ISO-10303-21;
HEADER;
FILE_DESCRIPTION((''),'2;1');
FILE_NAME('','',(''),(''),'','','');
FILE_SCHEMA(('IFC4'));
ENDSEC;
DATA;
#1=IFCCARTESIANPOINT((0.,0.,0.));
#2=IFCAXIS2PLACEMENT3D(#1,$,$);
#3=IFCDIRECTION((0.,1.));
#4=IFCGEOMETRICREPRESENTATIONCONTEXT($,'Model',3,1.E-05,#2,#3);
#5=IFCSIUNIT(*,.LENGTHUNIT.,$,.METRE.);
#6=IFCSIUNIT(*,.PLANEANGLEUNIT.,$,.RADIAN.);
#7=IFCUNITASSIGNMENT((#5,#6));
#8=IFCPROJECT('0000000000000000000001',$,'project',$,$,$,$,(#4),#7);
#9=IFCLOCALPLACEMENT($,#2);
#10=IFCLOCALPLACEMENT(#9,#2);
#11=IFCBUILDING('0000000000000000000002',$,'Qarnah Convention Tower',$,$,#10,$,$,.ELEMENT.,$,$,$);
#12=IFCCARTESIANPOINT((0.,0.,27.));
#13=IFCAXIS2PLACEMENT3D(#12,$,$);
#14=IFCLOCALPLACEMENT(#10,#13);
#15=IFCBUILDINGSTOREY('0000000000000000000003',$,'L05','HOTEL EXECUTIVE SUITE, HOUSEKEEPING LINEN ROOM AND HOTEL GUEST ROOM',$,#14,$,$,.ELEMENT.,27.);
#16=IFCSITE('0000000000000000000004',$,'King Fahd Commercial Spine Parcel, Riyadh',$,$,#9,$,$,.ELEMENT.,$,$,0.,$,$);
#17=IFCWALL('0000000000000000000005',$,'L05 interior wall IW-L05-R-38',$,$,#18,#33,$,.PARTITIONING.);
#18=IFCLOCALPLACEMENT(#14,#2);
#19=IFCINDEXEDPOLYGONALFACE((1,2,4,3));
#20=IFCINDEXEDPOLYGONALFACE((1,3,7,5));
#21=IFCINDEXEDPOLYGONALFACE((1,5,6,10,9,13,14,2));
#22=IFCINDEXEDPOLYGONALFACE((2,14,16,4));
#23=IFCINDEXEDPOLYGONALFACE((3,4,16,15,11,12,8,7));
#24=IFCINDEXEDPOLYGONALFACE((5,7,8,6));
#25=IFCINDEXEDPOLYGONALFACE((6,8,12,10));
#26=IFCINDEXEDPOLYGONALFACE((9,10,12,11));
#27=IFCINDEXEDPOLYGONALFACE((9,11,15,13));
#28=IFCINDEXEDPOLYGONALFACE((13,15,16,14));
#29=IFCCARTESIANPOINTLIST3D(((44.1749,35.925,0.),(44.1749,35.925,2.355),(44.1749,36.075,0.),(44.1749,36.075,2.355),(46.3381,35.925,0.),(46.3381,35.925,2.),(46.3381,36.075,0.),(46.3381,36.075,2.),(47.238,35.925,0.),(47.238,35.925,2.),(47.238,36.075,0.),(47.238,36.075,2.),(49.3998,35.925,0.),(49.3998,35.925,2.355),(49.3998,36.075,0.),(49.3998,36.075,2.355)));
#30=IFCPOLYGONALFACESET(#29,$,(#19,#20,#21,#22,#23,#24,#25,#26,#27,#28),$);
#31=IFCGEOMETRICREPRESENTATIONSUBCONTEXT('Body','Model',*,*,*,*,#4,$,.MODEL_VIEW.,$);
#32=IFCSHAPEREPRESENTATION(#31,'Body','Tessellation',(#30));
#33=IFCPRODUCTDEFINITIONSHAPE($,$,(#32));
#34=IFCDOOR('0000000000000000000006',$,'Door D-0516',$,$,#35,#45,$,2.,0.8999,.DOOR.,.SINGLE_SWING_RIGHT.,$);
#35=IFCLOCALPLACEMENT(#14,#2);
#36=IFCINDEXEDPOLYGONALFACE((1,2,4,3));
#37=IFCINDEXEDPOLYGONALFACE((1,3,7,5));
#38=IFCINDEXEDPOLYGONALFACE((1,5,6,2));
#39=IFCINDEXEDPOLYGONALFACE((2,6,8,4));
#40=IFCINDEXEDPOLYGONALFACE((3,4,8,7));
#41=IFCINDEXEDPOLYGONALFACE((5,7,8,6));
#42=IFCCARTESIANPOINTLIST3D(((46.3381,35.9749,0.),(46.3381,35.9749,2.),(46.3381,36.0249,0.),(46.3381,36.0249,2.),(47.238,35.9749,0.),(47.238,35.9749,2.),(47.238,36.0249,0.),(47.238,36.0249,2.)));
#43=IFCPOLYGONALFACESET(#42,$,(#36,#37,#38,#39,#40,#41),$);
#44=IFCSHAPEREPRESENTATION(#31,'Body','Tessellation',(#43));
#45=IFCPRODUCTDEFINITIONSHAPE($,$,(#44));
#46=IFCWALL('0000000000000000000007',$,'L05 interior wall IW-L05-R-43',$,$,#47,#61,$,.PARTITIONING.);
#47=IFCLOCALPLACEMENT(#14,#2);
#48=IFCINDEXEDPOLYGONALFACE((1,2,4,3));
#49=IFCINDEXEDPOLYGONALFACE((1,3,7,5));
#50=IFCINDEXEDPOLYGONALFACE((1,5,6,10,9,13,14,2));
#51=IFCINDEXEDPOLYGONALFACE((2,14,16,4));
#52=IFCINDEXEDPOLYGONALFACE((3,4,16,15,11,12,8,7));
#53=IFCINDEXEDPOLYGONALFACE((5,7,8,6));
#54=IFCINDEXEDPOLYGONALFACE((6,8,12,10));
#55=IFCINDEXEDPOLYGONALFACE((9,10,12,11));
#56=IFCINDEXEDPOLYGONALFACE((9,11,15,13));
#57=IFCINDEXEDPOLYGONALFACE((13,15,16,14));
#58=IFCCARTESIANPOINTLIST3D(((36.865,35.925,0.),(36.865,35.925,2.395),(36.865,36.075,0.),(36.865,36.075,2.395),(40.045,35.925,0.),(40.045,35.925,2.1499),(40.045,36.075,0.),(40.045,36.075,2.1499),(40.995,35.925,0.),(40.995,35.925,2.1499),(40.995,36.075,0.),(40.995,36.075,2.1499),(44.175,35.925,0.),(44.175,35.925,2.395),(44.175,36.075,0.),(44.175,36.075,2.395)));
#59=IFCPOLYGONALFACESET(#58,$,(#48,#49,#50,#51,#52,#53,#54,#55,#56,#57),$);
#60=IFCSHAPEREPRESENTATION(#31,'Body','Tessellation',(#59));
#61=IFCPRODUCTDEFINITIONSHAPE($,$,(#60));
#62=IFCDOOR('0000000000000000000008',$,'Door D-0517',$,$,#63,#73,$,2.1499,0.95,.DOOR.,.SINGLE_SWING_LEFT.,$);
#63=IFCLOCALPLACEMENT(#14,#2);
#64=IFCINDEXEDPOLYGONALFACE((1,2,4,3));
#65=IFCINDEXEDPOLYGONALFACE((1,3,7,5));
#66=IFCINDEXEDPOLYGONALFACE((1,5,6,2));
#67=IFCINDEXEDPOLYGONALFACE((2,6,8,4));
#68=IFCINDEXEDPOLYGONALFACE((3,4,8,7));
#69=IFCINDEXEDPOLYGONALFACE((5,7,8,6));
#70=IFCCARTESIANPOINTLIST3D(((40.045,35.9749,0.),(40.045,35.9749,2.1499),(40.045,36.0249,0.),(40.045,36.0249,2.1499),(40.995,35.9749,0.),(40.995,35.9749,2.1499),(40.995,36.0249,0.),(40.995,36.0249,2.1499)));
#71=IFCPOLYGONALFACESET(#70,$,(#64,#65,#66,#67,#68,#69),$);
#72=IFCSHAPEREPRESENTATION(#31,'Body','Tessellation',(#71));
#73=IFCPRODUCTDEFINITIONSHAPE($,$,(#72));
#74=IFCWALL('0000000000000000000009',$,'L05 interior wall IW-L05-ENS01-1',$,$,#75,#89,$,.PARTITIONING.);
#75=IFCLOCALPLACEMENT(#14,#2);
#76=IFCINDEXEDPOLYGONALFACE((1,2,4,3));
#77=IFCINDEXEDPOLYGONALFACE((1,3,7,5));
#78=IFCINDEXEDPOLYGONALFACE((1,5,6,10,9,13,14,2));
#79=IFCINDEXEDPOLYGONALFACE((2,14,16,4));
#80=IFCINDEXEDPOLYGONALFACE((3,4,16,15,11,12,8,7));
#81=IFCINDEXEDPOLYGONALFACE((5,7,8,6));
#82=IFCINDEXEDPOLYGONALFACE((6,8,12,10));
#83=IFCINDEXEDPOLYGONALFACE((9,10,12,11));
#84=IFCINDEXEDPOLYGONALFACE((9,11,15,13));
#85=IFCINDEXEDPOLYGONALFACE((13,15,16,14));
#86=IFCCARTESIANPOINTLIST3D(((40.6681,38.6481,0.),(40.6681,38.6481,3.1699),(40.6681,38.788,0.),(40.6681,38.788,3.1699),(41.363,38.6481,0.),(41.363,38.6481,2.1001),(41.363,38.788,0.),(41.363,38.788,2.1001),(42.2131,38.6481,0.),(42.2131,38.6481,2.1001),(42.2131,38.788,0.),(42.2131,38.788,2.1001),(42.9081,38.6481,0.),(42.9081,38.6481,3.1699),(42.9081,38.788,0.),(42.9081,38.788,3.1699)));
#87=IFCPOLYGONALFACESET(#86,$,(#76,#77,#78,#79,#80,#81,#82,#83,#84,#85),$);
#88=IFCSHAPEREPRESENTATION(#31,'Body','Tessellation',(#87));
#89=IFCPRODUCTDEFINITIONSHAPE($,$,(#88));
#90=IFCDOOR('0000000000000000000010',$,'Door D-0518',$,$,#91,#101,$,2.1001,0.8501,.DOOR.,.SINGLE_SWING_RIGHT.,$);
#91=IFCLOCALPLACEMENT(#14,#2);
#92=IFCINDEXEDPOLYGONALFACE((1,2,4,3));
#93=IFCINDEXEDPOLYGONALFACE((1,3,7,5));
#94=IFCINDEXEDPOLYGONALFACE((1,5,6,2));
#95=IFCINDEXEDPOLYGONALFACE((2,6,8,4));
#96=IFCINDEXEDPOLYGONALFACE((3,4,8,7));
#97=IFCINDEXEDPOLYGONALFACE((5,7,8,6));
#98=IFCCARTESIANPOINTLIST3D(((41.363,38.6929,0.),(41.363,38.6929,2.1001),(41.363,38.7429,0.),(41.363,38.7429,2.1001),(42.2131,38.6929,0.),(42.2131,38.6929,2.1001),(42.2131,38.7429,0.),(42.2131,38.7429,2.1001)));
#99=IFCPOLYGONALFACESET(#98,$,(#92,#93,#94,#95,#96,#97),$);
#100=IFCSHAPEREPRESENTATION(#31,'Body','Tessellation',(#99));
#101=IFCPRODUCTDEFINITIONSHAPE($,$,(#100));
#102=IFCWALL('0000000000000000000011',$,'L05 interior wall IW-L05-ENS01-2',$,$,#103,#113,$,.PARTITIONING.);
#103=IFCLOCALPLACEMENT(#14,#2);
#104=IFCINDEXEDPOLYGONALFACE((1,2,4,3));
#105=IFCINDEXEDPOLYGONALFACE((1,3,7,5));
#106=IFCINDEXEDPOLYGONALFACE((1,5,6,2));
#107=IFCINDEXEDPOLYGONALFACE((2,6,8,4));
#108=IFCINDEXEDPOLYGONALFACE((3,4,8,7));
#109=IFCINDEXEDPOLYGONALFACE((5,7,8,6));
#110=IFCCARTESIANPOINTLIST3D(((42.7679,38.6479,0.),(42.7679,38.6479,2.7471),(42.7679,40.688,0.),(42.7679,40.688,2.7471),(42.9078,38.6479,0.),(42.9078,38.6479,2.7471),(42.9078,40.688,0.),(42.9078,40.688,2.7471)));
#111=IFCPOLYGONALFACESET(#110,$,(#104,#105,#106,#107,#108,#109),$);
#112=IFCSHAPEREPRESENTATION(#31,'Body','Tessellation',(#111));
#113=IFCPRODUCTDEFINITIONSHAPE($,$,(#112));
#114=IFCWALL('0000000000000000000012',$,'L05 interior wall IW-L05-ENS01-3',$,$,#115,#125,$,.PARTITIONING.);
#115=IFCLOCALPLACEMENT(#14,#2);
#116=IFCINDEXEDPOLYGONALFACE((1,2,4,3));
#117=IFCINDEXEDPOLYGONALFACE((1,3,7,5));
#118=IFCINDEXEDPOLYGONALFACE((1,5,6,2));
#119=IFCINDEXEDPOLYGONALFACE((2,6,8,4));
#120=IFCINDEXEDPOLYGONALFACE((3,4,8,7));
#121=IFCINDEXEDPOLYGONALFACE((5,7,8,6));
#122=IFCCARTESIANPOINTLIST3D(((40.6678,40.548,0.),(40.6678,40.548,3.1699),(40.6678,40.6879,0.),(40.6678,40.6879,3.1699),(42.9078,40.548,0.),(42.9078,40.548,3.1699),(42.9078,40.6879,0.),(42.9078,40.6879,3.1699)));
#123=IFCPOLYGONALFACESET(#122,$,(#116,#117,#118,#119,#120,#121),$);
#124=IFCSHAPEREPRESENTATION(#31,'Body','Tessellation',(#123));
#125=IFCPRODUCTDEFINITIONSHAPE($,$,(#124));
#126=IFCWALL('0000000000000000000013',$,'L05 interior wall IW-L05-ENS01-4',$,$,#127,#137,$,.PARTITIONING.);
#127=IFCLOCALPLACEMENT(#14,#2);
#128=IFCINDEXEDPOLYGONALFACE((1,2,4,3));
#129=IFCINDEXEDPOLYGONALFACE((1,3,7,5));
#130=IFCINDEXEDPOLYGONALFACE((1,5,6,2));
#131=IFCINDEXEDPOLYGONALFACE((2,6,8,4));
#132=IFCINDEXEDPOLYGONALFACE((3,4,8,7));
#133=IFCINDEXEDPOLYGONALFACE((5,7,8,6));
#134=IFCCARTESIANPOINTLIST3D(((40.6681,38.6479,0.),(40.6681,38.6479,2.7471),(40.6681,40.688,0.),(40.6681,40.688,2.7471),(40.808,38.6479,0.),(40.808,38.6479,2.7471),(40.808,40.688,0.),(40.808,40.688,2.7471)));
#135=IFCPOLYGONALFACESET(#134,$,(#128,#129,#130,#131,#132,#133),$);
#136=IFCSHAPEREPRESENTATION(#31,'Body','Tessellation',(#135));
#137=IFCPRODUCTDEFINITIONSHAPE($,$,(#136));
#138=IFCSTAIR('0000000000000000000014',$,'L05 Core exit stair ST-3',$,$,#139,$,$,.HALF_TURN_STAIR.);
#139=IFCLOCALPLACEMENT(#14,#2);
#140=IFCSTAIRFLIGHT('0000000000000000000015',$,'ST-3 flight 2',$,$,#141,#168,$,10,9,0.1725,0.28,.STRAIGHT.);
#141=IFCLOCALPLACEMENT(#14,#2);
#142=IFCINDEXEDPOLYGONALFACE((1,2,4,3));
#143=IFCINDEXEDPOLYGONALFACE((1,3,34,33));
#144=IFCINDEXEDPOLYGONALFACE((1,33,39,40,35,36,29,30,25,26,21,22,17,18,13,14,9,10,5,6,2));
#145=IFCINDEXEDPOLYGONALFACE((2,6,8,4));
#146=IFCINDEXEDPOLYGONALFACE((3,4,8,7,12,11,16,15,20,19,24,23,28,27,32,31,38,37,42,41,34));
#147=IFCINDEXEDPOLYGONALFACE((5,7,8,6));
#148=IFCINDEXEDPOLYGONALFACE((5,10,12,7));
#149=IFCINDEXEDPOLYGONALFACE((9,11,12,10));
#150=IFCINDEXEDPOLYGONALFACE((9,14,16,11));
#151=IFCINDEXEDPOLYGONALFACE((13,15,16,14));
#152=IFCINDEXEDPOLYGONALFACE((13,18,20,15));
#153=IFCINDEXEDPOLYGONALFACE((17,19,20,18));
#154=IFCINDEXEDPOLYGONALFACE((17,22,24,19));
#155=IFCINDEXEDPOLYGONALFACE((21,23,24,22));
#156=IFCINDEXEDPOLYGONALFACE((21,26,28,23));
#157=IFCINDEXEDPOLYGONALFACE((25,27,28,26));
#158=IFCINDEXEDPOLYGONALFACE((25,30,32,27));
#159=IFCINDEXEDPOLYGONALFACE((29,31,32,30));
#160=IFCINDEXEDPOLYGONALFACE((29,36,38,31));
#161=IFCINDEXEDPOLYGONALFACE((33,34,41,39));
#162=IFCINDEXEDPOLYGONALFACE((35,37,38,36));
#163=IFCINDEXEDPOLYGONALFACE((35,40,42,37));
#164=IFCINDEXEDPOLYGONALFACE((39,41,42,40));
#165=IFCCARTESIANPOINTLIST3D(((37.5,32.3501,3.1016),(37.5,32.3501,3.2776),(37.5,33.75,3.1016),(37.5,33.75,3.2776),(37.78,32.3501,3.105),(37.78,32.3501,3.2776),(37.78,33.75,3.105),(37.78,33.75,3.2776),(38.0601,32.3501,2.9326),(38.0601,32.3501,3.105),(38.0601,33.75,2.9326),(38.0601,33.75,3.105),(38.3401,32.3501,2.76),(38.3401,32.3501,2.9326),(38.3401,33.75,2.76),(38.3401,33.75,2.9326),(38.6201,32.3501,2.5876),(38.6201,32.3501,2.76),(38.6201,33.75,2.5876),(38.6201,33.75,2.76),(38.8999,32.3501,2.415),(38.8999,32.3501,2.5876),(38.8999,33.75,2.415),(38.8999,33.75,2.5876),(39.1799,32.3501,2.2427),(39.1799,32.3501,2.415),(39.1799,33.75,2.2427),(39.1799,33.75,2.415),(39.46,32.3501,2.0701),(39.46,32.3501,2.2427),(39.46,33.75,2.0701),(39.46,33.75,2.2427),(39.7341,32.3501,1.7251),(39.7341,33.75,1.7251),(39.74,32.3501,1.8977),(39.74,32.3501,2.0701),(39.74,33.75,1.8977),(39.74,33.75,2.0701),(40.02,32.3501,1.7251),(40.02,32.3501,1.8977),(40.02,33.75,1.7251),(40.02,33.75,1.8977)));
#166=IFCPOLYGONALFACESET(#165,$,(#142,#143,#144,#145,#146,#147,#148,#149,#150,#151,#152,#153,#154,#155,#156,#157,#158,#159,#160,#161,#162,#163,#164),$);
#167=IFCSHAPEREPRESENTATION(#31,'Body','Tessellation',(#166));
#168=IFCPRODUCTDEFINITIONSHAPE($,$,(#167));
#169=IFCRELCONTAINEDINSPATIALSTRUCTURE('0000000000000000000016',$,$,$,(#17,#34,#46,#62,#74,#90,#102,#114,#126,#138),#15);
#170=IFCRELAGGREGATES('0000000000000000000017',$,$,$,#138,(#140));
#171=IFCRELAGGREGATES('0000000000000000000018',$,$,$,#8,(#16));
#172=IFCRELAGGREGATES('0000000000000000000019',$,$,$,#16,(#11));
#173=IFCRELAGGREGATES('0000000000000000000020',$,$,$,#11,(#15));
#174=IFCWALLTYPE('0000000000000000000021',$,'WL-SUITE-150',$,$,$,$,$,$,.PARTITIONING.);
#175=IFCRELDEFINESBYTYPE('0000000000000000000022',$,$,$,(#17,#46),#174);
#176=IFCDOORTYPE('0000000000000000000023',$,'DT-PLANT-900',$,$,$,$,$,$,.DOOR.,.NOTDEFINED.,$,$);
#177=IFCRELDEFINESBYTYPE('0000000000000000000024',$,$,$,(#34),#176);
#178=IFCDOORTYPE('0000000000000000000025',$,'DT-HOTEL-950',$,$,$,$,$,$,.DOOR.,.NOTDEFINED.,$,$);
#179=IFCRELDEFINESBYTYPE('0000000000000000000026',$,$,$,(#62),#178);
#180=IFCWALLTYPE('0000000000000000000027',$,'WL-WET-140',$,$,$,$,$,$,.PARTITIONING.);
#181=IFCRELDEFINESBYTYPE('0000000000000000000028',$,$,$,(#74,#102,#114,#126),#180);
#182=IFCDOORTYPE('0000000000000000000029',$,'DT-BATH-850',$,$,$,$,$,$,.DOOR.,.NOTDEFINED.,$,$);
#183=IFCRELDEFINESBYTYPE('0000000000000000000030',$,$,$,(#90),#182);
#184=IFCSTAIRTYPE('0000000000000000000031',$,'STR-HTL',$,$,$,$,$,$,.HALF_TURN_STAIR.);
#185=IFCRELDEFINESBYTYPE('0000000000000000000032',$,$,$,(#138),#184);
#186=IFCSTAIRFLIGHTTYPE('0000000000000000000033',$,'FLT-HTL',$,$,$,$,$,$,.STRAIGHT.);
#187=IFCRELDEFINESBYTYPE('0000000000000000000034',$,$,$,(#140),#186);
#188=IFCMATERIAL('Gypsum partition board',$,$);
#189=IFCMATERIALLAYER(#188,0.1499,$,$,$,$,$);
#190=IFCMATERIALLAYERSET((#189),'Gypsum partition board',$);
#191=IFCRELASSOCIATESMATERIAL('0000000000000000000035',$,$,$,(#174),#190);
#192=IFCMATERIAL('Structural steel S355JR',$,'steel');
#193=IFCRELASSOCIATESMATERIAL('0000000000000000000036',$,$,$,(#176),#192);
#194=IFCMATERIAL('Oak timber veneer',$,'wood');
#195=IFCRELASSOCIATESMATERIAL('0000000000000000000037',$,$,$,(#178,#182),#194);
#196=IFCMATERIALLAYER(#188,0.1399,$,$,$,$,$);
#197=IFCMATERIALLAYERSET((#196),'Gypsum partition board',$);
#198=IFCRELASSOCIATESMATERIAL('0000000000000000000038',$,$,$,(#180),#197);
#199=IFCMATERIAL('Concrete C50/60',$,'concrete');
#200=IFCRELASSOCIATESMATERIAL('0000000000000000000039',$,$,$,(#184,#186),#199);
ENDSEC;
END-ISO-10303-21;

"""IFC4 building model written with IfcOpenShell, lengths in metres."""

from ifc_helpers import new_model, si_unit, direction, frame, frame_2d, origin, place, context, subcontext, project, spatial, polyline, rectangle, outline, extrude, material, layer, layer_set, type_object, element, fill, aggregate, save


model = new_model("IFC4")

# Units and contexts
model_context = context("Model", 3, precision=1e-05, world=origin(), true_north=direction((0.0, 1.0)))
body_context = subcontext(model_context, "Body", "Model", "MODEL_VIEW")
ifc_project = project(units=[si_unit("LENGTHUNIT", "METRE"), si_unit("PLANEANGLEUNIT", "RADIAN")], contexts=[model_context])

# Site, building, storey
site_placement = place(None, origin())
site = spatial("IfcSite", under=ifc_project, at=site_placement, Name="King Fahd Commercial Spine Parcel, Riyadh", CompositionType="ELEMENT", RefElevation=0.0)
building_placement = place(site_placement, origin())
building = spatial("IfcBuilding", under=site, at=building_placement, Name="Qarnah Convention Tower", CompositionType="ELEMENT")
storey_placement = place(building_placement, frame((0.0, 0.0, 27.0)))
storey = spatial("IfcBuildingStorey", under=building, at=storey_placement, Name="L05", Description="HOTEL EXECUTIVE SUITE, HOUSEKEEPING LINEN ROOM AND HOTEL GUEST ROOM", CompositionType="ELEMENT", Elevation=27.0)

# Shared definitions
ifc_material_1 = material(Name="Structural steel S355JR", Category="steel")

# Walls, openings, doors
ifc_material_2 = material(Name="Gypsum partition board")
ifc_layer_1 = layer(ifc_material_2, 0.1499)
ifc_layer_set_1 = layer_set([ifc_layer_1], Name="Gypsum partition board")
wall_type_1 = type_object("IfcWallType", Name="WL-SUITE-150", PredefinedType="PARTITIONING", material=ifc_layer_set_1)
wall_1_placement = place(storey_placement, frame((44.175, 36.0, 0.0), z_axis=(0.0, 0.0, 1.0), x_axis=(1.0, 0.0, 0.0)))
wall_1 = element("IfcWall", 1, at=wall_1_placement, inside=storey, type_object=wall_type_1, Name="L05 interior wall IW-L05-R-38", PredefinedType="PARTITIONING", context=body_context, shape_type="SweptSolid", body=[
    extrude(rectangle(XDim=5.2249, YDim=0.1499, at=frame_2d((2.6123, 0.0))), origin(), (0.0, 0.0, 1.0), 2.355),
])
opening_1_placement = place(wall_1_placement, frame((2.1631, 0.0, 0.0)))
opening_1 = element("IfcOpeningElement", 2, at=opening_1_placement, cuts=wall_1, PredefinedType="OPENING", context=body_context, shape_type="SweptSolid", body=[
    extrude(rectangle(XDim=0.8999, YDim=2.0, at=frame_2d((0.45, 1.0))), frame((0.0, 0.085, 0.0), z_axis=(0.0, -1.0, 0.0), x_axis=(1.0, 0.0, 0.0)), (0.0, 0.0, 1.0), 0.1699),
])
door_type_1 = type_object("IfcDoorType", Name="DT-PLANT-900", OperationType="NOTDEFINED", PredefinedType="DOOR", material=ifc_material_1)
door_1_placement = place(opening_1_placement, origin())
door_1 = element("IfcDoor", 3, at=door_1_placement, inside=storey, type_object=door_type_1, Name="Door D-0516", OperationType="SINGLE_SWING_RIGHT", OverallHeight=2.0, OverallWidth=0.8999, PredefinedType="DOOR", context=body_context, shape_type="SweptSolid", body=[
    extrude(rectangle(XDim=0.8999, YDim=2.0, at=frame_2d((0.45, 1.0))), frame((0.0, 0.0249, 0.0), z_axis=(0.0, -1.0, 0.0), x_axis=(1.0, 0.0, 0.0)), (0.0, 0.0, 1.0), 0.05),
])
fill(opening_1, door_1)
wall_2_placement = place(storey_placement, frame((36.865, 36.0, 0.0), z_axis=(0.0, 0.0, 1.0), x_axis=(1.0, 0.0, 0.0)))
wall_2 = element("IfcWall", 4, at=wall_2_placement, inside=storey, type_object=wall_type_1, Name="L05 interior wall IW-L05-R-43", PredefinedType="PARTITIONING", context=body_context, shape_type="SweptSolid", body=[
    extrude(rectangle(XDim=7.3101, YDim=0.1499, at=frame_2d((3.655, 0.0))), origin(), (0.0, 0.0, 1.0), 2.395),
])
opening_2_placement = place(wall_2_placement, frame((3.1799, 0.0, 0.0)))
opening_2 = element("IfcOpeningElement", 5, at=opening_2_placement, cuts=wall_2, PredefinedType="OPENING", context=body_context, shape_type="SweptSolid", body=[
    extrude(rectangle(XDim=0.95, YDim=2.1499, at=frame_2d((0.4751, 1.075))), frame((0.0, 0.085, 0.0), z_axis=(0.0, -1.0, 0.0), x_axis=(1.0, 0.0, 0.0)), (0.0, 0.0, 1.0), 0.1699),
])
ifc_material_3 = material(Name="Oak timber veneer", Category="wood")
door_type_2 = type_object("IfcDoorType", Name="DT-HOTEL-950", OperationType="NOTDEFINED", PredefinedType="DOOR", material=ifc_material_3)
door_2_placement = place(opening_2_placement, origin())
door_2 = element("IfcDoor", 6, at=door_2_placement, inside=storey, type_object=door_type_2, Name="Door D-0517", OperationType="SINGLE_SWING_LEFT", OverallHeight=2.1499, OverallWidth=0.95, PredefinedType="DOOR", context=body_context, shape_type="SweptSolid", body=[
    extrude(rectangle(XDim=0.95, YDim=2.1499, at=frame_2d((0.4751, 1.075))), frame((0.0, 0.0249, 0.0), z_axis=(0.0, -1.0, 0.0), x_axis=(1.0, 0.0, 0.0)), (0.0, 0.0, 1.0), 0.05),
])
fill(opening_2, door_2)
ifc_layer_2 = layer(ifc_material_2, 0.1399)
ifc_layer_set_2 = layer_set([ifc_layer_2], Name="Gypsum partition board")
wall_type_2 = type_object("IfcWallType", Name="WL-WET-140", PredefinedType="PARTITIONING", material=ifc_layer_set_2)
wall_3_placement = place(storey_placement, frame((40.668, 38.718, 0.0), z_axis=(0.0, 0.0, 1.0), x_axis=(1.0, 0.0, 0.0)))
wall_3 = element("IfcWall", 7, at=wall_3_placement, inside=storey, type_object=wall_type_2, Name="L05 interior wall IW-L05-ENS01-1", PredefinedType="PARTITIONING", context=body_context, shape_type="SweptSolid", body=[
    extrude(rectangle(XDim=2.24, YDim=0.1399, at=frame_2d((1.1201, 0.0))), origin(), (0.0, 0.0, 1.0), 3.1699),
])
opening_3_placement = place(wall_3_placement, frame((0.6951, 0.0, 0.0)))
opening_3 = element("IfcOpeningElement", 8, at=opening_3_placement, cuts=wall_3, PredefinedType="OPENING", context=body_context, shape_type="SweptSolid", body=[
    extrude(rectangle(XDim=0.8501, YDim=2.1001, at=frame_2d((0.425, 1.05))), frame((0.0, 0.0798, 0.0), z_axis=(0.0, -1.0, 0.0), x_axis=(1.0, 0.0, 0.0)), (0.0, 0.0, 1.0), 0.1599),
])
door_type_3 = type_object("IfcDoorType", Name="DT-BATH-850", OperationType="NOTDEFINED", PredefinedType="DOOR", material=ifc_material_3)
door_3_placement = place(opening_3_placement, origin())
door_3 = element("IfcDoor", 9, at=door_3_placement, inside=storey, type_object=door_type_3, Name="Door D-0518", OperationType="SINGLE_SWING_RIGHT", OverallHeight=2.1001, OverallWidth=0.8501, PredefinedType="DOOR", context=body_context, shape_type="SweptSolid", body=[
    extrude(rectangle(XDim=0.8501, YDim=2.1001, at=frame_2d((0.425, 1.05))), frame((0.0, 0.0249, 0.0), z_axis=(0.0, -1.0, 0.0), x_axis=(1.0, 0.0, 0.0)), (0.0, 0.0, 1.0), 0.05),
])
fill(opening_3, door_3)

# Walls
wall_4_placement = place(storey_placement, frame((42.8379, 38.6479, 0.0), z_axis=(0.0, 0.0, 1.0), x_axis=(0.0, 1.0, 0.0)))
element("IfcWall", 10, at=wall_4_placement, inside=storey, type_object=wall_type_2, Name="L05 interior wall IW-L05-ENS01-2", PredefinedType="PARTITIONING", context=body_context, shape_type="SweptSolid", body=[
    extrude(rectangle(XDim=2.04, YDim=0.1399, at=frame_2d((1.02, 0.0))), origin(), (0.0, 0.0, 1.0), 2.7471),
])
wall_5_placement = place(storey_placement, frame((42.908, 40.6179, 0.0), z_axis=(0.0, 0.0, 1.0), x_axis=(-1.0, 0.0, 0.0)))
element("IfcWall", 11, at=wall_5_placement, inside=storey, type_object=wall_type_2, Name="L05 interior wall IW-L05-ENS01-3", PredefinedType="PARTITIONING", context=body_context, shape_type="SweptSolid", body=[
    extrude(rectangle(XDim=2.24, YDim=0.1399, at=frame_2d((1.1201, 0.0))), origin(), (0.0, 0.0, 1.0), 3.1699),
])
wall_6_placement = place(storey_placement, frame((40.738, 40.688, 0.0), z_axis=(0.0, 0.0, 1.0), x_axis=(0.0, -1.0, 0.0)))
element("IfcWall", 12, at=wall_6_placement, inside=storey, type_object=wall_type_2, Name="L05 interior wall IW-L05-ENS01-4", PredefinedType="PARTITIONING", context=body_context, shape_type="SweptSolid", body=[
    extrude(rectangle(XDim=2.04, YDim=0.1399, at=frame_2d((1.02, 0.0))), origin(), (0.0, 0.0, 1.0), 2.7471),
])

# Stair, stair flight
ifc_material_4 = material(Name="Concrete C50/60", Category="concrete")
stair_type = type_object("IfcStairType", Name="STR-HTL", PredefinedType="HALF_TURN_STAIR", material=ifc_material_4)
stair_placement = place(storey_placement, origin())
stair = element("IfcStair", 13, at=stair_placement, inside=storey, type_object=stair_type, Name="L05 Core exit stair ST-3", PredefinedType="HALF_TURN_STAIR")
stair_flight_type = type_object("IfcStairFlightType", Name="FLT-HTL", PredefinedType="STRAIGHT", material=ifc_material_4)
stair_flight_placement = place(storey_placement, frame((40.02, 33.05, 1.7251), z_axis=(0.0, 0.0, 1.0), x_axis=(-1.0, 0.0, 0.0)))
stair_flight = element("IfcStairFlight", 14, at=stair_flight_placement, type_object=stair_flight_type, Name="ST-3 flight 2", NumberOfRisers=10, NumberOfTreads=9, PredefinedType="STRAIGHT", RiserHeight=0.1725, TreadLength=0.28, context=body_context, shape_type="SweptSolid", body=[
    extrude(outline(polyline([(0.0, 0.0), (0.0, 0.1726), (0.28, 0.1726), (0.28, 0.345), (0.5601, 0.345), (0.5601, 0.5176), (0.8401, 0.5176), (0.8401, 0.6899), (1.1201, 0.6899), (1.1201, 0.8625), (1.3999, 0.8625), (1.3999, 1.0349), (1.6799, 1.0349), (1.6799, 1.2075), (1.96, 1.2075), (1.96, 1.3799), (2.24, 1.3799), (2.24, 1.5525), (2.52, 1.5525), (2.52, 1.7251), (2.52, 1.3765), (0.2859, 0.0), (0.0, 0.0)])), frame((0.0, 0.7, 0.0), z_axis=(0.0, -1.0, 0.0), x_axis=(1.0, 0.0, 0.0)), (0.0, 0.0, 1.0), 1.3999),
])
aggregate(stair, [stair_flight])

save(model, "model.ifc")
